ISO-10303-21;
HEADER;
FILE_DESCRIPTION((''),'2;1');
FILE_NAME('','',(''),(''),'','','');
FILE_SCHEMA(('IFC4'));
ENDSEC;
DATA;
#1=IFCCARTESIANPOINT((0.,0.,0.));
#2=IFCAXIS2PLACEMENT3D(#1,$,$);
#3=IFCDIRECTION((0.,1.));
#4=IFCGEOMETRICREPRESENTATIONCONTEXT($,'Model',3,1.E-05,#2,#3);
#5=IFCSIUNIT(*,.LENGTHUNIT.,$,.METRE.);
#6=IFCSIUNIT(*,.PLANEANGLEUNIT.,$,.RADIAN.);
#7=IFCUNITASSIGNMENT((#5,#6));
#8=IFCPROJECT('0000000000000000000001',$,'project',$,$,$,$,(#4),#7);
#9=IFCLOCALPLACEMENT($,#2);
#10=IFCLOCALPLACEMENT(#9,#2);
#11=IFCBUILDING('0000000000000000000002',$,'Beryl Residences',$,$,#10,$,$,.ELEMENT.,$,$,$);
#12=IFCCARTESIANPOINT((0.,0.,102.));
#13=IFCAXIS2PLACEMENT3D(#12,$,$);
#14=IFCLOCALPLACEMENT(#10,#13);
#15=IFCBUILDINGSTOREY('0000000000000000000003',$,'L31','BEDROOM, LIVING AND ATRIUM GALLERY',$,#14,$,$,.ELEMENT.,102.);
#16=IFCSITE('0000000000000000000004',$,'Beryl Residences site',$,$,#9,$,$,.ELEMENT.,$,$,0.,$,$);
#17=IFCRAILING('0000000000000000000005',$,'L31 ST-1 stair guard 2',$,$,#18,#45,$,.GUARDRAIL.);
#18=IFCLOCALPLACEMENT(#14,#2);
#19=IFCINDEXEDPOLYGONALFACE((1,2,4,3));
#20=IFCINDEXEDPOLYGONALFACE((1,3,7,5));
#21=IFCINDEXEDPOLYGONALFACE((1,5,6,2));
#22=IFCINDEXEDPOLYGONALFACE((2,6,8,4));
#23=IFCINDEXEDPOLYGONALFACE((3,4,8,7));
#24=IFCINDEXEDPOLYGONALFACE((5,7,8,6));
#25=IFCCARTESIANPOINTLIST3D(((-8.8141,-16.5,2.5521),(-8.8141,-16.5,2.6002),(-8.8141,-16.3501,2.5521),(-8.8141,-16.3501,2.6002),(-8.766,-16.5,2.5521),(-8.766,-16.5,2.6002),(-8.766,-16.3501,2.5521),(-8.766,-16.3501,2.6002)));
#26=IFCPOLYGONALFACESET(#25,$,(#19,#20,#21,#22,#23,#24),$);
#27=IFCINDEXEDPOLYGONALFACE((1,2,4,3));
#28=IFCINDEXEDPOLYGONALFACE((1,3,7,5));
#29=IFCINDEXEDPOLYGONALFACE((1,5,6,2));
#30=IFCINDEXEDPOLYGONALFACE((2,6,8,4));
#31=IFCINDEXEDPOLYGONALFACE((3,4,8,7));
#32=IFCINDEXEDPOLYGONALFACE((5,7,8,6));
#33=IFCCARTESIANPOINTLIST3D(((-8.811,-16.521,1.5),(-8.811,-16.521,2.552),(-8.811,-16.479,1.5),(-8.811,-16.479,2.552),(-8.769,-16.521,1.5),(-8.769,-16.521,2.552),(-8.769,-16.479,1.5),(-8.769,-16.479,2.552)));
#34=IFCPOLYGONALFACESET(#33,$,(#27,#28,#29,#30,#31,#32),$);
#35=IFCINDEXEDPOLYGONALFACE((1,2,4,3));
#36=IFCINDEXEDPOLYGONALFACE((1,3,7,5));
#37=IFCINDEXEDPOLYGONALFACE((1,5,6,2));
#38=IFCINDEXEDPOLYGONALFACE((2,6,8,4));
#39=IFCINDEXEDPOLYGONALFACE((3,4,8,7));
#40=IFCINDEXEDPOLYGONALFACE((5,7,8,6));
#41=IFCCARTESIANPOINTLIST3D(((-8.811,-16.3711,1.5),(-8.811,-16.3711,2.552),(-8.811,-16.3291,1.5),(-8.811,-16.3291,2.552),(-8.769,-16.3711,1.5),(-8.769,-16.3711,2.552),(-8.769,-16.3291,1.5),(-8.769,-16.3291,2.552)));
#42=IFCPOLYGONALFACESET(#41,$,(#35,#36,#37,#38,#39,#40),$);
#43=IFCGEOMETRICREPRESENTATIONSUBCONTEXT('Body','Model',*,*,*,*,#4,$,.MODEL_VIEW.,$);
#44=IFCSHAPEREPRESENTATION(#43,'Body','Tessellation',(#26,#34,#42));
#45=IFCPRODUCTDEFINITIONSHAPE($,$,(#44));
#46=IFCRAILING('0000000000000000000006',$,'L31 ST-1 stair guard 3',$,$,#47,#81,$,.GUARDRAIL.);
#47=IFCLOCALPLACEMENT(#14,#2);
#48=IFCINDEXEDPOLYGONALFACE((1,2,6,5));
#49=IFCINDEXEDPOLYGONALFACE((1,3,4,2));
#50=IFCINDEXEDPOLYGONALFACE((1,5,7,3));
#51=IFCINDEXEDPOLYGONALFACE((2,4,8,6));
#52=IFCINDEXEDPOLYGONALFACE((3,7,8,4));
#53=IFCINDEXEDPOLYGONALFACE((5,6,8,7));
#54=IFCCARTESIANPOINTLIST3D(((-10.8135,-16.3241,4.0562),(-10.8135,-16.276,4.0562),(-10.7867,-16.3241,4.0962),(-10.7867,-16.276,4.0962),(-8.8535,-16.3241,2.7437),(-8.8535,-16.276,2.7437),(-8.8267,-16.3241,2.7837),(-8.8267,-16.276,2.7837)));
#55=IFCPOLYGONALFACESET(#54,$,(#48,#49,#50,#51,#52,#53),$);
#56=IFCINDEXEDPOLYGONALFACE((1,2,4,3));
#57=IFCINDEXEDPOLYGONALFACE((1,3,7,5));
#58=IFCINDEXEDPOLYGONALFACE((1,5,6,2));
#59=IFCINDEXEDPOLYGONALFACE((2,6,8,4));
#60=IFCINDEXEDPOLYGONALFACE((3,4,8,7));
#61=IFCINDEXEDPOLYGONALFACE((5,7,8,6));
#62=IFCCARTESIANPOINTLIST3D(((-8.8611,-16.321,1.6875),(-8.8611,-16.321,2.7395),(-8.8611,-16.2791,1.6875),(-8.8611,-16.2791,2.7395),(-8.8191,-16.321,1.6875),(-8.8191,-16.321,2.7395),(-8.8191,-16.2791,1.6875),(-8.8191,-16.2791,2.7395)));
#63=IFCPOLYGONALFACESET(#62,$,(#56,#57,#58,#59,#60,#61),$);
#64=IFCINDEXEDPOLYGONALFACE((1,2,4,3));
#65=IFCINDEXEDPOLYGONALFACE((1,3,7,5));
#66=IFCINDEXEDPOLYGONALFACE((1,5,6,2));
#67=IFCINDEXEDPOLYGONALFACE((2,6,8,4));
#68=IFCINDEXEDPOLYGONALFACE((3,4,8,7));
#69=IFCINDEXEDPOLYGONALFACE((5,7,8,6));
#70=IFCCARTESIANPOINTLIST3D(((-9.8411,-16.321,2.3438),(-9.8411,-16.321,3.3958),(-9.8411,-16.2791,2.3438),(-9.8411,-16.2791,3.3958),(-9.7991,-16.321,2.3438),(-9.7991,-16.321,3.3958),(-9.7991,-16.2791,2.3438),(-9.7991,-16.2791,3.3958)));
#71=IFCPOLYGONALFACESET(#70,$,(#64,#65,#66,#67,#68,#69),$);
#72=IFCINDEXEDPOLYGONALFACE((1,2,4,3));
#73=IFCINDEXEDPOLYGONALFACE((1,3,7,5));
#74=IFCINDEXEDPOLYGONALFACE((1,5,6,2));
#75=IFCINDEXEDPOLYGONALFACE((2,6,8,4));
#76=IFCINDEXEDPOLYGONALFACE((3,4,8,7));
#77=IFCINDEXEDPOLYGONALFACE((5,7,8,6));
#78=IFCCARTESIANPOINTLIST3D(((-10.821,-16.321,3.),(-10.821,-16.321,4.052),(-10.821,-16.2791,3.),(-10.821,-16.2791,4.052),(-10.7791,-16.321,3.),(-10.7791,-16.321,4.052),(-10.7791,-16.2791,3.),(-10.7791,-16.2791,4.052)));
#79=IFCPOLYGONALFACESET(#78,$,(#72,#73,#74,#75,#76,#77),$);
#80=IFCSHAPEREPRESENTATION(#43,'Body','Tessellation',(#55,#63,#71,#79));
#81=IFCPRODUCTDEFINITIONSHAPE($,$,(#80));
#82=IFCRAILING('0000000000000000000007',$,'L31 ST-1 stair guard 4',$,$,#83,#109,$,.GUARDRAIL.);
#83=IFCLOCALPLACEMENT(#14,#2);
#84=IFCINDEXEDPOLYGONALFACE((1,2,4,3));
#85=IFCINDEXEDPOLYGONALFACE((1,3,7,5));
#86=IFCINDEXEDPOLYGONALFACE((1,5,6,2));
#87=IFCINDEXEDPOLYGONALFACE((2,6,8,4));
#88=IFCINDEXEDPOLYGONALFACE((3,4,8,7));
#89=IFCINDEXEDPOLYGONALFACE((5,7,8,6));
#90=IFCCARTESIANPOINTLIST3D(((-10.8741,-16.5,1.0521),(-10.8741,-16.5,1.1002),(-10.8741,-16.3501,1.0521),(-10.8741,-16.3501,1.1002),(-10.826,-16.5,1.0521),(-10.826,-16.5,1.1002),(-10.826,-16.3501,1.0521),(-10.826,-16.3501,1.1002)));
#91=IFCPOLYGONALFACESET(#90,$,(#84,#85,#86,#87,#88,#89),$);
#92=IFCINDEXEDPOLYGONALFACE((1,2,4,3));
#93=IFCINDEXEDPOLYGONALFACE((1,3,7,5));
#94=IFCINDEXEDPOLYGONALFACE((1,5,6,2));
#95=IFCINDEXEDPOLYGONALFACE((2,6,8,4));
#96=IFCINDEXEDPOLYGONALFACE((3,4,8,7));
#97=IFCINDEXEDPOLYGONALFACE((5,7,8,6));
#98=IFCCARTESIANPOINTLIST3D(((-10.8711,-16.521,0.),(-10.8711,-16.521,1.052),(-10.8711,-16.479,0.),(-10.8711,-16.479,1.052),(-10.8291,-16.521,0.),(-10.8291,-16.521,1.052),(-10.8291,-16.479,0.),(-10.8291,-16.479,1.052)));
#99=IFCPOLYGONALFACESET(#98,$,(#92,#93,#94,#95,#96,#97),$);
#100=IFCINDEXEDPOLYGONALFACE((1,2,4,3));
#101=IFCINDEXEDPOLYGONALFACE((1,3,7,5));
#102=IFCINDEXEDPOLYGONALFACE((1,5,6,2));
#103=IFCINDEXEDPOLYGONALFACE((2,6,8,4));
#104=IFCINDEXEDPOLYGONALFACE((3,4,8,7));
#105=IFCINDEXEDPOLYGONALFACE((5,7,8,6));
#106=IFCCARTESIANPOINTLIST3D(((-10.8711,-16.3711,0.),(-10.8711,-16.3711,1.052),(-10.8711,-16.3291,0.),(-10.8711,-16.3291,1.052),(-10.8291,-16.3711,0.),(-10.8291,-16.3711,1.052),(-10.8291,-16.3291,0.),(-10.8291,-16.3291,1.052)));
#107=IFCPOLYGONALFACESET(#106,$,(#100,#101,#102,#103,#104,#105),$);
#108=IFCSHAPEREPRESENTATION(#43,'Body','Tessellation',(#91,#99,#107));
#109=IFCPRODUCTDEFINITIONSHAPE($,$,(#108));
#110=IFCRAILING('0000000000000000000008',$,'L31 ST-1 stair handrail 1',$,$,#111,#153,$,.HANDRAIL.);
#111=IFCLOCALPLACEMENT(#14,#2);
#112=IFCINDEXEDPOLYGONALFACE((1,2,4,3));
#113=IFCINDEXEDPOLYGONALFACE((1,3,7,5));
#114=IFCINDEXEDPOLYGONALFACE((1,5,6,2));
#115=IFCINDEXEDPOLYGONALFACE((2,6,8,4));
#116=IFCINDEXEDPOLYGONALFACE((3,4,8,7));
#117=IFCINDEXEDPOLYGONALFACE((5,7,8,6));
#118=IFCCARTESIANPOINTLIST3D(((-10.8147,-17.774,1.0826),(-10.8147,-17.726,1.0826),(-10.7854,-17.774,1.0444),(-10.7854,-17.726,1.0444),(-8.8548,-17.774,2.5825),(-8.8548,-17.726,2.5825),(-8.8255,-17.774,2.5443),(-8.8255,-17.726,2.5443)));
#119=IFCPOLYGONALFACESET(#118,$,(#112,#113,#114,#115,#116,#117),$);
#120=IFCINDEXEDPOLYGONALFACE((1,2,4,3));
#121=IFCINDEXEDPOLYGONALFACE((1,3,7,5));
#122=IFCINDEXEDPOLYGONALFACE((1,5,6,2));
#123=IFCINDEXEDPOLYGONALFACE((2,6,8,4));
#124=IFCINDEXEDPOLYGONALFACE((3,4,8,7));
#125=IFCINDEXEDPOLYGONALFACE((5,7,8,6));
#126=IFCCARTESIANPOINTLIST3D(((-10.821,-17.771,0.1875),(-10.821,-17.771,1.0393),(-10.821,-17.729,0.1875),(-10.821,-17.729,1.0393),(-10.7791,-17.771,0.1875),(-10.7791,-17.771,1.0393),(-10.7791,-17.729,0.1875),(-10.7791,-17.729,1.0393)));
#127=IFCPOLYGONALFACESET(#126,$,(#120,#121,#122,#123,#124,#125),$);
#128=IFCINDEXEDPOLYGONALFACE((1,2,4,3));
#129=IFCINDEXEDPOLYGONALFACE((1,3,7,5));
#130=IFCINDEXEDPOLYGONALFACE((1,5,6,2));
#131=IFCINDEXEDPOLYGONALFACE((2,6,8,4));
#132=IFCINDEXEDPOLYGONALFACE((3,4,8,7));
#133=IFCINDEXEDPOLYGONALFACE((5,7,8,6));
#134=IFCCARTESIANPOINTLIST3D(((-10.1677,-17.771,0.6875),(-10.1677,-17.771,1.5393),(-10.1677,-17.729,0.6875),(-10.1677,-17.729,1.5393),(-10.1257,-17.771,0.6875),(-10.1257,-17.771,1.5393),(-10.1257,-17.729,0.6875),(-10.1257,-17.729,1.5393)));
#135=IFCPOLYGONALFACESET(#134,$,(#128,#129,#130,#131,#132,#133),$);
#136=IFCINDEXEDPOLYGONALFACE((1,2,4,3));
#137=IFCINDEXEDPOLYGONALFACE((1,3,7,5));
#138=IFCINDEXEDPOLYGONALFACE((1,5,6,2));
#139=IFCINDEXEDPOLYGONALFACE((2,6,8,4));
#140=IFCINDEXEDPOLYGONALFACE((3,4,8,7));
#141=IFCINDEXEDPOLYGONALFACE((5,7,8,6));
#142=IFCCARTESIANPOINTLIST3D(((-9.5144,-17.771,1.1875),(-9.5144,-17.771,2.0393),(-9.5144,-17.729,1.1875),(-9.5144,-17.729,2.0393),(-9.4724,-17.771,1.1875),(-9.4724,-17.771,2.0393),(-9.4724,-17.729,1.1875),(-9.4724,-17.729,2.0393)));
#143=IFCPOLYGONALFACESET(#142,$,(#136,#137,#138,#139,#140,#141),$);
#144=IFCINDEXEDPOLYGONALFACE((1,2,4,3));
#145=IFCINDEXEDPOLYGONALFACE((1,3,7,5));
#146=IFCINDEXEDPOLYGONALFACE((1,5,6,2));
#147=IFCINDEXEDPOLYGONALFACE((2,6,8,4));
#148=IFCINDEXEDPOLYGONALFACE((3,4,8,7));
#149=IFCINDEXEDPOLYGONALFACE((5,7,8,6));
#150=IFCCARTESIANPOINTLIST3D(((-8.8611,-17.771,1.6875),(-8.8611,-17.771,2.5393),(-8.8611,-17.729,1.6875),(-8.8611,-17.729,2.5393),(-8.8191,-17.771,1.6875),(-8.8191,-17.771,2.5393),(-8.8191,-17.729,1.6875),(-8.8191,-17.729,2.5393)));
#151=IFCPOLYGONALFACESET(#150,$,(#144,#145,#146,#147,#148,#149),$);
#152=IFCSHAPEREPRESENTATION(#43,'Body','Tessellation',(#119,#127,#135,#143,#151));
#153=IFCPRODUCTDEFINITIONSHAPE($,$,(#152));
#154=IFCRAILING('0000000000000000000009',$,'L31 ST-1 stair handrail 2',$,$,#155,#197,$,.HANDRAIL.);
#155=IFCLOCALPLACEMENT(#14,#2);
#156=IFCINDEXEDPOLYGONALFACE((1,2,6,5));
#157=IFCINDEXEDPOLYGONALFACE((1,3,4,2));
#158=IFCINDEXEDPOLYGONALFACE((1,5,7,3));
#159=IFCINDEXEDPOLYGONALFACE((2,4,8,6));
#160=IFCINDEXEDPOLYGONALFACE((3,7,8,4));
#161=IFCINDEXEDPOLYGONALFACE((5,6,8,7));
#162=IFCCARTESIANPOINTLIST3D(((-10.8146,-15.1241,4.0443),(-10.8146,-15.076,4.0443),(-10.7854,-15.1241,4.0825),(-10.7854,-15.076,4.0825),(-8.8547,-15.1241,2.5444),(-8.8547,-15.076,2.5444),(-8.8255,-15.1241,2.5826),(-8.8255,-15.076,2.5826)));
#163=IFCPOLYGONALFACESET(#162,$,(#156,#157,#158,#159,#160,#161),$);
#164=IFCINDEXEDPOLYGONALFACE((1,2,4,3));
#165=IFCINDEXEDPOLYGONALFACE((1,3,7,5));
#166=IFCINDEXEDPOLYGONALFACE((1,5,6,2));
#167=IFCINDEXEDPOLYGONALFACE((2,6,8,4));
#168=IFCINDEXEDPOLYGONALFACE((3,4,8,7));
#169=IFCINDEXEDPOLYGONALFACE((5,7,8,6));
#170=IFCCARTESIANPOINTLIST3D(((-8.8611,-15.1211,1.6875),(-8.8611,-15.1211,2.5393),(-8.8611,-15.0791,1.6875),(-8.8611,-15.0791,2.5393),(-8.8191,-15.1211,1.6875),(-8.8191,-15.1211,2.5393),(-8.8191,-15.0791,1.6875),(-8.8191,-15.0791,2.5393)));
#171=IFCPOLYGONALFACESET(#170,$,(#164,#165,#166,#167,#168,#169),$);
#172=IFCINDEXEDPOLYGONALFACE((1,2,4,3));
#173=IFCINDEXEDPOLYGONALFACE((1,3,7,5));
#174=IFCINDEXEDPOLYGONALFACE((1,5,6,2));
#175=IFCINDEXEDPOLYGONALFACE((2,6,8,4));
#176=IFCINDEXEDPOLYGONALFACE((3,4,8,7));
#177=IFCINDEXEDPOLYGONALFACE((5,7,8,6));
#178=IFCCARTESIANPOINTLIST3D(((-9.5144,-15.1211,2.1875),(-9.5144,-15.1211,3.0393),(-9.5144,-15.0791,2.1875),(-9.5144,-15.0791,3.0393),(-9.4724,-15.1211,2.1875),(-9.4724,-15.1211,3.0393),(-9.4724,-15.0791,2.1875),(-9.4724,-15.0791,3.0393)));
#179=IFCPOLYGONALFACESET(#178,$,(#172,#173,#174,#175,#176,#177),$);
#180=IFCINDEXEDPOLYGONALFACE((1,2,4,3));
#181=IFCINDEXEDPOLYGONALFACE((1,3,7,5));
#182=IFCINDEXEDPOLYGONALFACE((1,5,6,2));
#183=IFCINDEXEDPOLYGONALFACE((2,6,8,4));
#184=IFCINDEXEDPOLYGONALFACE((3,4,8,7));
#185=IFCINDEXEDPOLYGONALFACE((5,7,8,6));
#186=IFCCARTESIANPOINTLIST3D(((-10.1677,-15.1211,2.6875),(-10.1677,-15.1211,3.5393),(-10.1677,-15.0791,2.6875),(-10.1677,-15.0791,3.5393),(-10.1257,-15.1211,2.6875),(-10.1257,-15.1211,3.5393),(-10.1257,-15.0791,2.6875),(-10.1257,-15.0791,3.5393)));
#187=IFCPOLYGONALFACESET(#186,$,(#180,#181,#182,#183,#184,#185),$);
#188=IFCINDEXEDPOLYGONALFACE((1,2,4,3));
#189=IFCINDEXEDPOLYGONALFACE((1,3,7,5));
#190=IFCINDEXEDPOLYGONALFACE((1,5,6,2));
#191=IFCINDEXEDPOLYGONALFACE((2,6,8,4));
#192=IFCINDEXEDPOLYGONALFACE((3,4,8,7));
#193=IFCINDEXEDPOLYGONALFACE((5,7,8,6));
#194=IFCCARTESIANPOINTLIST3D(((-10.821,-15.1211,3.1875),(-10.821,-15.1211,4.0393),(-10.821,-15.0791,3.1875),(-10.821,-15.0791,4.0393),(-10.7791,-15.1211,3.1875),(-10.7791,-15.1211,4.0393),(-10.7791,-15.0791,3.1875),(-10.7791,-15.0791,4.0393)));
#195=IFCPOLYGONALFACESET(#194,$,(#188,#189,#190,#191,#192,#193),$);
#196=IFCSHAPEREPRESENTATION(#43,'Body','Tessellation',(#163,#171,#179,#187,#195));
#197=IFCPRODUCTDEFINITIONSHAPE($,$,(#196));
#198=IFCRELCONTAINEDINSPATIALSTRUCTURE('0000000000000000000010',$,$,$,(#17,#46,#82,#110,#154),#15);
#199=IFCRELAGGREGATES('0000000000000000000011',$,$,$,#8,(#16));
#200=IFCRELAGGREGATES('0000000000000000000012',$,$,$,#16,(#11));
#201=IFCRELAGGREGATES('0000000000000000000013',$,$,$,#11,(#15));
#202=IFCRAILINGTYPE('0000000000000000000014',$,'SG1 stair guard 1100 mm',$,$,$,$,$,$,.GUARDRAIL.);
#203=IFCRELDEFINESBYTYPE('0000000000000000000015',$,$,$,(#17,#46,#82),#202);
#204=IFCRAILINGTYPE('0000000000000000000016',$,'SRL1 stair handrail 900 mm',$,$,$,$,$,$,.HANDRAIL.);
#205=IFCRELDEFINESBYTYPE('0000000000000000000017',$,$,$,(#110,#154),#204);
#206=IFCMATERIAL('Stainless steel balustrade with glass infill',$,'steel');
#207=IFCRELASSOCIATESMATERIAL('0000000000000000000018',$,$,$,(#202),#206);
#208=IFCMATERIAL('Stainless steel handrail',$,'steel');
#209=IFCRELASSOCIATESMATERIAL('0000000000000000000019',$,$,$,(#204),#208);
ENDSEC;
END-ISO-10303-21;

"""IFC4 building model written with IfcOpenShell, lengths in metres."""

from ifc_helpers import new_model, si_unit, direction, frame, origin, origin_2d, place, context, subcontext, project, spatial, rectangle, extrude, material, type_object, element, save


model = new_model("IFC4")

# Units and contexts
model_context = context("Model", 3, precision=1e-05, world=origin(), true_north=direction((0.0, 1.0)))
body_context = subcontext(model_context, "Body", "Model", "MODEL_VIEW")
ifc_project = project(units=[si_unit("LENGTHUNIT", "METRE"), si_unit("PLANEANGLEUNIT", "RADIAN")], contexts=[model_context])

# Site, building, storey
site_placement = place(None, origin())
site = spatial("IfcSite", under=ifc_project, at=site_placement, Name="Beryl Residences site", CompositionType="ELEMENT", RefElevation=0.0)
building_placement = place(site_placement, origin())
building = spatial("IfcBuilding", under=site, at=building_placement, Name="Beryl Residences", CompositionType="ELEMENT")
storey_placement = place(building_placement, frame((0.0, 0.0, 102.0)))
storey = spatial("IfcBuildingStorey", under=building, at=storey_placement, Name="L31", Description="BEDROOM, LIVING AND ATRIUM GALLERY", CompositionType="ELEMENT", Elevation=102.0)

# Railings
ifc_material_1 = material(Name="Stainless steel balustrade with glass infill", Category="steel")
railing_type_1 = type_object("IfcRailingType", Name="SG1 stair guard 1100 mm", PredefinedType="GUARDRAIL", material=ifc_material_1)
railing_1_placement = place(storey_placement, frame((-8.79, -16.5, 1.5)))
element("IfcRailing", 1, at=railing_1_placement, inside=storey, type_object=railing_type_1, Name="L31 ST-1 stair guard 2", PredefinedType="GUARDRAIL", context=body_context, shape_type="SweptSolid", body=[
    extrude(rectangle(XDim=0.0481, YDim=0.0481, at=origin_2d()), frame((0.0, 0.0, 1.0762), z_axis=(0.0, 1.0, 0.0), x_axis=(-1.0, 0.0, 0.0)), (0.0, 0.0, 1.0), 0.1499),
    extrude(rectangle(XDim=0.042, YDim=0.042, at=origin_2d()), origin(), (0.0, 0.0, 1.0), 1.052),
    extrude(rectangle(XDim=0.042, YDim=0.042, at=origin_2d()), frame((0.0, 0.1499, 0.0)), (0.0, 0.0, 1.0), 1.052),
])
railing_2_placement = place(storey_placement, frame((-8.8401, -16.3, 1.6875)))
element("IfcRailing", 2, at=railing_2_placement, inside=storey, type_object=railing_type_1, Name="L31 ST-1 stair guard 3", PredefinedType="GUARDRAIL", context=body_context, shape_type="SweptSolid", body=[
    extrude(rectangle(XDim=0.0481, YDim=0.0481, at=origin_2d()), frame((0.0, 0.0, 1.0762), z_axis=(-0.830902, 0.0, 0.556419), x_axis=(0.0, -1.0, 0.0)), (0.0, 0.0, 1.0), 2.3589),
    extrude(rectangle(XDim=0.042, YDim=0.042, at=origin_2d()), origin(), (0.0, 0.0, 1.0), 1.052),
    extrude(rectangle(XDim=0.042, YDim=0.042, at=origin_2d()), frame((-0.98, 0.0, 0.6562)), (0.0, 0.0, 1.0), 1.052),
    extrude(rectangle(XDim=0.042, YDim=0.042, at=origin_2d()), frame((-1.96, 0.0, 1.3125)), (0.0, 0.0, 1.0), 1.052),
])
railing_3_placement = place(storey_placement, frame((-10.8501, -16.5, 0.0)))
element("IfcRailing", 3, at=railing_3_placement, inside=storey, type_object=railing_type_1, Name="L31 ST-1 stair guard 4", PredefinedType="GUARDRAIL", context=body_context, shape_type="SweptSolid", body=[
    extrude(rectangle(XDim=0.0481, YDim=0.0481, at=origin_2d()), frame((0.0, 0.0, 1.0762), z_axis=(0.0, 1.0, 0.0), x_axis=(-1.0, 0.0, 0.0)), (0.0, 0.0, 1.0), 0.1499),
    extrude(rectangle(XDim=0.042, YDim=0.042, at=origin_2d()), origin(), (0.0, 0.0, 1.0), 1.052),
    extrude(rectangle(XDim=0.042, YDim=0.042, at=origin_2d()), frame((0.0, 0.1499, 0.0)), (0.0, 0.0, 1.0), 1.052),
])
ifc_material_2 = material(Name="Stainless steel handrail", Category="steel")
railing_type_2 = type_object("IfcRailingType", Name="SRL1 stair handrail 900 mm", PredefinedType="HANDRAIL", material=ifc_material_2)
railing_4_placement = place(storey_placement, frame((-10.8, -17.75, 0.1875)))
element("IfcRailing", 4, at=railing_4_placement, inside=storey, type_object=railing_type_2, Name="L31 ST-1 stair handrail 1", PredefinedType="HANDRAIL", context=body_context, shape_type="SweptSolid", body=[
    extrude(rectangle(XDim=0.0481, YDim=0.0481, at=origin_2d()), frame((0.0, 0.0, 0.876), z_axis=(0.794122, 0.0, 0.607758), x_axis=(0.0, 1.0, 0.0)), (0.0, 0.0, 1.0), 2.468),
    extrude(rectangle(XDim=0.042, YDim=0.042, at=origin_2d()), origin(), (0.0, 0.0, 1.0), 0.8518),
    extrude(rectangle(XDim=0.042, YDim=0.042, at=origin_2d()), frame((0.6533, 0.0, 0.5)), (0.0, 0.0, 1.0), 0.8518),
    extrude(rectangle(XDim=0.042, YDim=0.042, at=origin_2d()), frame((1.3066, 0.0, 1.0)), (0.0, 0.0, 1.0), 0.8518),
    extrude(rectangle(XDim=0.042, YDim=0.042, at=origin_2d()), frame((1.96, 0.0, 1.5)), (0.0, 0.0, 1.0), 0.8518),
])
railing_5_placement = place(storey_placement, frame((-8.8401, -15.1001, 1.6875)))
element("IfcRailing", 5, at=railing_5_placement, inside=storey, type_object=railing_type_2, Name="L31 ST-1 stair handrail 2", PredefinedType="HANDRAIL", context=body_context, shape_type="SweptSolid", body=[
    extrude(rectangle(XDim=0.0481, YDim=0.0481, at=origin_2d()), frame((0.0, 0.0, 0.876), z_axis=(-0.794122, 0.0, 0.607758), x_axis=(0.0, -1.0, 0.0)), (0.0, 0.0, 1.0), 2.468),
    extrude(rectangle(XDim=0.042, YDim=0.042, at=origin_2d()), origin(), (0.0, 0.0, 1.0), 0.8518),
    extrude(rectangle(XDim=0.042, YDim=0.042, at=origin_2d()), frame((-0.6533, 0.0, 0.5)), (0.0, 0.0, 1.0), 0.8518),
    extrude(rectangle(XDim=0.042, YDim=0.042, at=origin_2d()), frame((-1.3066, 0.0, 1.0)), (0.0, 0.0, 1.0), 0.8518),
    extrude(rectangle(XDim=0.042, YDim=0.042, at=origin_2d()), frame((-1.96, 0.0, 1.5)), (0.0, 0.0, 1.0), 0.8518),
])

save(model, "model.ifc")
